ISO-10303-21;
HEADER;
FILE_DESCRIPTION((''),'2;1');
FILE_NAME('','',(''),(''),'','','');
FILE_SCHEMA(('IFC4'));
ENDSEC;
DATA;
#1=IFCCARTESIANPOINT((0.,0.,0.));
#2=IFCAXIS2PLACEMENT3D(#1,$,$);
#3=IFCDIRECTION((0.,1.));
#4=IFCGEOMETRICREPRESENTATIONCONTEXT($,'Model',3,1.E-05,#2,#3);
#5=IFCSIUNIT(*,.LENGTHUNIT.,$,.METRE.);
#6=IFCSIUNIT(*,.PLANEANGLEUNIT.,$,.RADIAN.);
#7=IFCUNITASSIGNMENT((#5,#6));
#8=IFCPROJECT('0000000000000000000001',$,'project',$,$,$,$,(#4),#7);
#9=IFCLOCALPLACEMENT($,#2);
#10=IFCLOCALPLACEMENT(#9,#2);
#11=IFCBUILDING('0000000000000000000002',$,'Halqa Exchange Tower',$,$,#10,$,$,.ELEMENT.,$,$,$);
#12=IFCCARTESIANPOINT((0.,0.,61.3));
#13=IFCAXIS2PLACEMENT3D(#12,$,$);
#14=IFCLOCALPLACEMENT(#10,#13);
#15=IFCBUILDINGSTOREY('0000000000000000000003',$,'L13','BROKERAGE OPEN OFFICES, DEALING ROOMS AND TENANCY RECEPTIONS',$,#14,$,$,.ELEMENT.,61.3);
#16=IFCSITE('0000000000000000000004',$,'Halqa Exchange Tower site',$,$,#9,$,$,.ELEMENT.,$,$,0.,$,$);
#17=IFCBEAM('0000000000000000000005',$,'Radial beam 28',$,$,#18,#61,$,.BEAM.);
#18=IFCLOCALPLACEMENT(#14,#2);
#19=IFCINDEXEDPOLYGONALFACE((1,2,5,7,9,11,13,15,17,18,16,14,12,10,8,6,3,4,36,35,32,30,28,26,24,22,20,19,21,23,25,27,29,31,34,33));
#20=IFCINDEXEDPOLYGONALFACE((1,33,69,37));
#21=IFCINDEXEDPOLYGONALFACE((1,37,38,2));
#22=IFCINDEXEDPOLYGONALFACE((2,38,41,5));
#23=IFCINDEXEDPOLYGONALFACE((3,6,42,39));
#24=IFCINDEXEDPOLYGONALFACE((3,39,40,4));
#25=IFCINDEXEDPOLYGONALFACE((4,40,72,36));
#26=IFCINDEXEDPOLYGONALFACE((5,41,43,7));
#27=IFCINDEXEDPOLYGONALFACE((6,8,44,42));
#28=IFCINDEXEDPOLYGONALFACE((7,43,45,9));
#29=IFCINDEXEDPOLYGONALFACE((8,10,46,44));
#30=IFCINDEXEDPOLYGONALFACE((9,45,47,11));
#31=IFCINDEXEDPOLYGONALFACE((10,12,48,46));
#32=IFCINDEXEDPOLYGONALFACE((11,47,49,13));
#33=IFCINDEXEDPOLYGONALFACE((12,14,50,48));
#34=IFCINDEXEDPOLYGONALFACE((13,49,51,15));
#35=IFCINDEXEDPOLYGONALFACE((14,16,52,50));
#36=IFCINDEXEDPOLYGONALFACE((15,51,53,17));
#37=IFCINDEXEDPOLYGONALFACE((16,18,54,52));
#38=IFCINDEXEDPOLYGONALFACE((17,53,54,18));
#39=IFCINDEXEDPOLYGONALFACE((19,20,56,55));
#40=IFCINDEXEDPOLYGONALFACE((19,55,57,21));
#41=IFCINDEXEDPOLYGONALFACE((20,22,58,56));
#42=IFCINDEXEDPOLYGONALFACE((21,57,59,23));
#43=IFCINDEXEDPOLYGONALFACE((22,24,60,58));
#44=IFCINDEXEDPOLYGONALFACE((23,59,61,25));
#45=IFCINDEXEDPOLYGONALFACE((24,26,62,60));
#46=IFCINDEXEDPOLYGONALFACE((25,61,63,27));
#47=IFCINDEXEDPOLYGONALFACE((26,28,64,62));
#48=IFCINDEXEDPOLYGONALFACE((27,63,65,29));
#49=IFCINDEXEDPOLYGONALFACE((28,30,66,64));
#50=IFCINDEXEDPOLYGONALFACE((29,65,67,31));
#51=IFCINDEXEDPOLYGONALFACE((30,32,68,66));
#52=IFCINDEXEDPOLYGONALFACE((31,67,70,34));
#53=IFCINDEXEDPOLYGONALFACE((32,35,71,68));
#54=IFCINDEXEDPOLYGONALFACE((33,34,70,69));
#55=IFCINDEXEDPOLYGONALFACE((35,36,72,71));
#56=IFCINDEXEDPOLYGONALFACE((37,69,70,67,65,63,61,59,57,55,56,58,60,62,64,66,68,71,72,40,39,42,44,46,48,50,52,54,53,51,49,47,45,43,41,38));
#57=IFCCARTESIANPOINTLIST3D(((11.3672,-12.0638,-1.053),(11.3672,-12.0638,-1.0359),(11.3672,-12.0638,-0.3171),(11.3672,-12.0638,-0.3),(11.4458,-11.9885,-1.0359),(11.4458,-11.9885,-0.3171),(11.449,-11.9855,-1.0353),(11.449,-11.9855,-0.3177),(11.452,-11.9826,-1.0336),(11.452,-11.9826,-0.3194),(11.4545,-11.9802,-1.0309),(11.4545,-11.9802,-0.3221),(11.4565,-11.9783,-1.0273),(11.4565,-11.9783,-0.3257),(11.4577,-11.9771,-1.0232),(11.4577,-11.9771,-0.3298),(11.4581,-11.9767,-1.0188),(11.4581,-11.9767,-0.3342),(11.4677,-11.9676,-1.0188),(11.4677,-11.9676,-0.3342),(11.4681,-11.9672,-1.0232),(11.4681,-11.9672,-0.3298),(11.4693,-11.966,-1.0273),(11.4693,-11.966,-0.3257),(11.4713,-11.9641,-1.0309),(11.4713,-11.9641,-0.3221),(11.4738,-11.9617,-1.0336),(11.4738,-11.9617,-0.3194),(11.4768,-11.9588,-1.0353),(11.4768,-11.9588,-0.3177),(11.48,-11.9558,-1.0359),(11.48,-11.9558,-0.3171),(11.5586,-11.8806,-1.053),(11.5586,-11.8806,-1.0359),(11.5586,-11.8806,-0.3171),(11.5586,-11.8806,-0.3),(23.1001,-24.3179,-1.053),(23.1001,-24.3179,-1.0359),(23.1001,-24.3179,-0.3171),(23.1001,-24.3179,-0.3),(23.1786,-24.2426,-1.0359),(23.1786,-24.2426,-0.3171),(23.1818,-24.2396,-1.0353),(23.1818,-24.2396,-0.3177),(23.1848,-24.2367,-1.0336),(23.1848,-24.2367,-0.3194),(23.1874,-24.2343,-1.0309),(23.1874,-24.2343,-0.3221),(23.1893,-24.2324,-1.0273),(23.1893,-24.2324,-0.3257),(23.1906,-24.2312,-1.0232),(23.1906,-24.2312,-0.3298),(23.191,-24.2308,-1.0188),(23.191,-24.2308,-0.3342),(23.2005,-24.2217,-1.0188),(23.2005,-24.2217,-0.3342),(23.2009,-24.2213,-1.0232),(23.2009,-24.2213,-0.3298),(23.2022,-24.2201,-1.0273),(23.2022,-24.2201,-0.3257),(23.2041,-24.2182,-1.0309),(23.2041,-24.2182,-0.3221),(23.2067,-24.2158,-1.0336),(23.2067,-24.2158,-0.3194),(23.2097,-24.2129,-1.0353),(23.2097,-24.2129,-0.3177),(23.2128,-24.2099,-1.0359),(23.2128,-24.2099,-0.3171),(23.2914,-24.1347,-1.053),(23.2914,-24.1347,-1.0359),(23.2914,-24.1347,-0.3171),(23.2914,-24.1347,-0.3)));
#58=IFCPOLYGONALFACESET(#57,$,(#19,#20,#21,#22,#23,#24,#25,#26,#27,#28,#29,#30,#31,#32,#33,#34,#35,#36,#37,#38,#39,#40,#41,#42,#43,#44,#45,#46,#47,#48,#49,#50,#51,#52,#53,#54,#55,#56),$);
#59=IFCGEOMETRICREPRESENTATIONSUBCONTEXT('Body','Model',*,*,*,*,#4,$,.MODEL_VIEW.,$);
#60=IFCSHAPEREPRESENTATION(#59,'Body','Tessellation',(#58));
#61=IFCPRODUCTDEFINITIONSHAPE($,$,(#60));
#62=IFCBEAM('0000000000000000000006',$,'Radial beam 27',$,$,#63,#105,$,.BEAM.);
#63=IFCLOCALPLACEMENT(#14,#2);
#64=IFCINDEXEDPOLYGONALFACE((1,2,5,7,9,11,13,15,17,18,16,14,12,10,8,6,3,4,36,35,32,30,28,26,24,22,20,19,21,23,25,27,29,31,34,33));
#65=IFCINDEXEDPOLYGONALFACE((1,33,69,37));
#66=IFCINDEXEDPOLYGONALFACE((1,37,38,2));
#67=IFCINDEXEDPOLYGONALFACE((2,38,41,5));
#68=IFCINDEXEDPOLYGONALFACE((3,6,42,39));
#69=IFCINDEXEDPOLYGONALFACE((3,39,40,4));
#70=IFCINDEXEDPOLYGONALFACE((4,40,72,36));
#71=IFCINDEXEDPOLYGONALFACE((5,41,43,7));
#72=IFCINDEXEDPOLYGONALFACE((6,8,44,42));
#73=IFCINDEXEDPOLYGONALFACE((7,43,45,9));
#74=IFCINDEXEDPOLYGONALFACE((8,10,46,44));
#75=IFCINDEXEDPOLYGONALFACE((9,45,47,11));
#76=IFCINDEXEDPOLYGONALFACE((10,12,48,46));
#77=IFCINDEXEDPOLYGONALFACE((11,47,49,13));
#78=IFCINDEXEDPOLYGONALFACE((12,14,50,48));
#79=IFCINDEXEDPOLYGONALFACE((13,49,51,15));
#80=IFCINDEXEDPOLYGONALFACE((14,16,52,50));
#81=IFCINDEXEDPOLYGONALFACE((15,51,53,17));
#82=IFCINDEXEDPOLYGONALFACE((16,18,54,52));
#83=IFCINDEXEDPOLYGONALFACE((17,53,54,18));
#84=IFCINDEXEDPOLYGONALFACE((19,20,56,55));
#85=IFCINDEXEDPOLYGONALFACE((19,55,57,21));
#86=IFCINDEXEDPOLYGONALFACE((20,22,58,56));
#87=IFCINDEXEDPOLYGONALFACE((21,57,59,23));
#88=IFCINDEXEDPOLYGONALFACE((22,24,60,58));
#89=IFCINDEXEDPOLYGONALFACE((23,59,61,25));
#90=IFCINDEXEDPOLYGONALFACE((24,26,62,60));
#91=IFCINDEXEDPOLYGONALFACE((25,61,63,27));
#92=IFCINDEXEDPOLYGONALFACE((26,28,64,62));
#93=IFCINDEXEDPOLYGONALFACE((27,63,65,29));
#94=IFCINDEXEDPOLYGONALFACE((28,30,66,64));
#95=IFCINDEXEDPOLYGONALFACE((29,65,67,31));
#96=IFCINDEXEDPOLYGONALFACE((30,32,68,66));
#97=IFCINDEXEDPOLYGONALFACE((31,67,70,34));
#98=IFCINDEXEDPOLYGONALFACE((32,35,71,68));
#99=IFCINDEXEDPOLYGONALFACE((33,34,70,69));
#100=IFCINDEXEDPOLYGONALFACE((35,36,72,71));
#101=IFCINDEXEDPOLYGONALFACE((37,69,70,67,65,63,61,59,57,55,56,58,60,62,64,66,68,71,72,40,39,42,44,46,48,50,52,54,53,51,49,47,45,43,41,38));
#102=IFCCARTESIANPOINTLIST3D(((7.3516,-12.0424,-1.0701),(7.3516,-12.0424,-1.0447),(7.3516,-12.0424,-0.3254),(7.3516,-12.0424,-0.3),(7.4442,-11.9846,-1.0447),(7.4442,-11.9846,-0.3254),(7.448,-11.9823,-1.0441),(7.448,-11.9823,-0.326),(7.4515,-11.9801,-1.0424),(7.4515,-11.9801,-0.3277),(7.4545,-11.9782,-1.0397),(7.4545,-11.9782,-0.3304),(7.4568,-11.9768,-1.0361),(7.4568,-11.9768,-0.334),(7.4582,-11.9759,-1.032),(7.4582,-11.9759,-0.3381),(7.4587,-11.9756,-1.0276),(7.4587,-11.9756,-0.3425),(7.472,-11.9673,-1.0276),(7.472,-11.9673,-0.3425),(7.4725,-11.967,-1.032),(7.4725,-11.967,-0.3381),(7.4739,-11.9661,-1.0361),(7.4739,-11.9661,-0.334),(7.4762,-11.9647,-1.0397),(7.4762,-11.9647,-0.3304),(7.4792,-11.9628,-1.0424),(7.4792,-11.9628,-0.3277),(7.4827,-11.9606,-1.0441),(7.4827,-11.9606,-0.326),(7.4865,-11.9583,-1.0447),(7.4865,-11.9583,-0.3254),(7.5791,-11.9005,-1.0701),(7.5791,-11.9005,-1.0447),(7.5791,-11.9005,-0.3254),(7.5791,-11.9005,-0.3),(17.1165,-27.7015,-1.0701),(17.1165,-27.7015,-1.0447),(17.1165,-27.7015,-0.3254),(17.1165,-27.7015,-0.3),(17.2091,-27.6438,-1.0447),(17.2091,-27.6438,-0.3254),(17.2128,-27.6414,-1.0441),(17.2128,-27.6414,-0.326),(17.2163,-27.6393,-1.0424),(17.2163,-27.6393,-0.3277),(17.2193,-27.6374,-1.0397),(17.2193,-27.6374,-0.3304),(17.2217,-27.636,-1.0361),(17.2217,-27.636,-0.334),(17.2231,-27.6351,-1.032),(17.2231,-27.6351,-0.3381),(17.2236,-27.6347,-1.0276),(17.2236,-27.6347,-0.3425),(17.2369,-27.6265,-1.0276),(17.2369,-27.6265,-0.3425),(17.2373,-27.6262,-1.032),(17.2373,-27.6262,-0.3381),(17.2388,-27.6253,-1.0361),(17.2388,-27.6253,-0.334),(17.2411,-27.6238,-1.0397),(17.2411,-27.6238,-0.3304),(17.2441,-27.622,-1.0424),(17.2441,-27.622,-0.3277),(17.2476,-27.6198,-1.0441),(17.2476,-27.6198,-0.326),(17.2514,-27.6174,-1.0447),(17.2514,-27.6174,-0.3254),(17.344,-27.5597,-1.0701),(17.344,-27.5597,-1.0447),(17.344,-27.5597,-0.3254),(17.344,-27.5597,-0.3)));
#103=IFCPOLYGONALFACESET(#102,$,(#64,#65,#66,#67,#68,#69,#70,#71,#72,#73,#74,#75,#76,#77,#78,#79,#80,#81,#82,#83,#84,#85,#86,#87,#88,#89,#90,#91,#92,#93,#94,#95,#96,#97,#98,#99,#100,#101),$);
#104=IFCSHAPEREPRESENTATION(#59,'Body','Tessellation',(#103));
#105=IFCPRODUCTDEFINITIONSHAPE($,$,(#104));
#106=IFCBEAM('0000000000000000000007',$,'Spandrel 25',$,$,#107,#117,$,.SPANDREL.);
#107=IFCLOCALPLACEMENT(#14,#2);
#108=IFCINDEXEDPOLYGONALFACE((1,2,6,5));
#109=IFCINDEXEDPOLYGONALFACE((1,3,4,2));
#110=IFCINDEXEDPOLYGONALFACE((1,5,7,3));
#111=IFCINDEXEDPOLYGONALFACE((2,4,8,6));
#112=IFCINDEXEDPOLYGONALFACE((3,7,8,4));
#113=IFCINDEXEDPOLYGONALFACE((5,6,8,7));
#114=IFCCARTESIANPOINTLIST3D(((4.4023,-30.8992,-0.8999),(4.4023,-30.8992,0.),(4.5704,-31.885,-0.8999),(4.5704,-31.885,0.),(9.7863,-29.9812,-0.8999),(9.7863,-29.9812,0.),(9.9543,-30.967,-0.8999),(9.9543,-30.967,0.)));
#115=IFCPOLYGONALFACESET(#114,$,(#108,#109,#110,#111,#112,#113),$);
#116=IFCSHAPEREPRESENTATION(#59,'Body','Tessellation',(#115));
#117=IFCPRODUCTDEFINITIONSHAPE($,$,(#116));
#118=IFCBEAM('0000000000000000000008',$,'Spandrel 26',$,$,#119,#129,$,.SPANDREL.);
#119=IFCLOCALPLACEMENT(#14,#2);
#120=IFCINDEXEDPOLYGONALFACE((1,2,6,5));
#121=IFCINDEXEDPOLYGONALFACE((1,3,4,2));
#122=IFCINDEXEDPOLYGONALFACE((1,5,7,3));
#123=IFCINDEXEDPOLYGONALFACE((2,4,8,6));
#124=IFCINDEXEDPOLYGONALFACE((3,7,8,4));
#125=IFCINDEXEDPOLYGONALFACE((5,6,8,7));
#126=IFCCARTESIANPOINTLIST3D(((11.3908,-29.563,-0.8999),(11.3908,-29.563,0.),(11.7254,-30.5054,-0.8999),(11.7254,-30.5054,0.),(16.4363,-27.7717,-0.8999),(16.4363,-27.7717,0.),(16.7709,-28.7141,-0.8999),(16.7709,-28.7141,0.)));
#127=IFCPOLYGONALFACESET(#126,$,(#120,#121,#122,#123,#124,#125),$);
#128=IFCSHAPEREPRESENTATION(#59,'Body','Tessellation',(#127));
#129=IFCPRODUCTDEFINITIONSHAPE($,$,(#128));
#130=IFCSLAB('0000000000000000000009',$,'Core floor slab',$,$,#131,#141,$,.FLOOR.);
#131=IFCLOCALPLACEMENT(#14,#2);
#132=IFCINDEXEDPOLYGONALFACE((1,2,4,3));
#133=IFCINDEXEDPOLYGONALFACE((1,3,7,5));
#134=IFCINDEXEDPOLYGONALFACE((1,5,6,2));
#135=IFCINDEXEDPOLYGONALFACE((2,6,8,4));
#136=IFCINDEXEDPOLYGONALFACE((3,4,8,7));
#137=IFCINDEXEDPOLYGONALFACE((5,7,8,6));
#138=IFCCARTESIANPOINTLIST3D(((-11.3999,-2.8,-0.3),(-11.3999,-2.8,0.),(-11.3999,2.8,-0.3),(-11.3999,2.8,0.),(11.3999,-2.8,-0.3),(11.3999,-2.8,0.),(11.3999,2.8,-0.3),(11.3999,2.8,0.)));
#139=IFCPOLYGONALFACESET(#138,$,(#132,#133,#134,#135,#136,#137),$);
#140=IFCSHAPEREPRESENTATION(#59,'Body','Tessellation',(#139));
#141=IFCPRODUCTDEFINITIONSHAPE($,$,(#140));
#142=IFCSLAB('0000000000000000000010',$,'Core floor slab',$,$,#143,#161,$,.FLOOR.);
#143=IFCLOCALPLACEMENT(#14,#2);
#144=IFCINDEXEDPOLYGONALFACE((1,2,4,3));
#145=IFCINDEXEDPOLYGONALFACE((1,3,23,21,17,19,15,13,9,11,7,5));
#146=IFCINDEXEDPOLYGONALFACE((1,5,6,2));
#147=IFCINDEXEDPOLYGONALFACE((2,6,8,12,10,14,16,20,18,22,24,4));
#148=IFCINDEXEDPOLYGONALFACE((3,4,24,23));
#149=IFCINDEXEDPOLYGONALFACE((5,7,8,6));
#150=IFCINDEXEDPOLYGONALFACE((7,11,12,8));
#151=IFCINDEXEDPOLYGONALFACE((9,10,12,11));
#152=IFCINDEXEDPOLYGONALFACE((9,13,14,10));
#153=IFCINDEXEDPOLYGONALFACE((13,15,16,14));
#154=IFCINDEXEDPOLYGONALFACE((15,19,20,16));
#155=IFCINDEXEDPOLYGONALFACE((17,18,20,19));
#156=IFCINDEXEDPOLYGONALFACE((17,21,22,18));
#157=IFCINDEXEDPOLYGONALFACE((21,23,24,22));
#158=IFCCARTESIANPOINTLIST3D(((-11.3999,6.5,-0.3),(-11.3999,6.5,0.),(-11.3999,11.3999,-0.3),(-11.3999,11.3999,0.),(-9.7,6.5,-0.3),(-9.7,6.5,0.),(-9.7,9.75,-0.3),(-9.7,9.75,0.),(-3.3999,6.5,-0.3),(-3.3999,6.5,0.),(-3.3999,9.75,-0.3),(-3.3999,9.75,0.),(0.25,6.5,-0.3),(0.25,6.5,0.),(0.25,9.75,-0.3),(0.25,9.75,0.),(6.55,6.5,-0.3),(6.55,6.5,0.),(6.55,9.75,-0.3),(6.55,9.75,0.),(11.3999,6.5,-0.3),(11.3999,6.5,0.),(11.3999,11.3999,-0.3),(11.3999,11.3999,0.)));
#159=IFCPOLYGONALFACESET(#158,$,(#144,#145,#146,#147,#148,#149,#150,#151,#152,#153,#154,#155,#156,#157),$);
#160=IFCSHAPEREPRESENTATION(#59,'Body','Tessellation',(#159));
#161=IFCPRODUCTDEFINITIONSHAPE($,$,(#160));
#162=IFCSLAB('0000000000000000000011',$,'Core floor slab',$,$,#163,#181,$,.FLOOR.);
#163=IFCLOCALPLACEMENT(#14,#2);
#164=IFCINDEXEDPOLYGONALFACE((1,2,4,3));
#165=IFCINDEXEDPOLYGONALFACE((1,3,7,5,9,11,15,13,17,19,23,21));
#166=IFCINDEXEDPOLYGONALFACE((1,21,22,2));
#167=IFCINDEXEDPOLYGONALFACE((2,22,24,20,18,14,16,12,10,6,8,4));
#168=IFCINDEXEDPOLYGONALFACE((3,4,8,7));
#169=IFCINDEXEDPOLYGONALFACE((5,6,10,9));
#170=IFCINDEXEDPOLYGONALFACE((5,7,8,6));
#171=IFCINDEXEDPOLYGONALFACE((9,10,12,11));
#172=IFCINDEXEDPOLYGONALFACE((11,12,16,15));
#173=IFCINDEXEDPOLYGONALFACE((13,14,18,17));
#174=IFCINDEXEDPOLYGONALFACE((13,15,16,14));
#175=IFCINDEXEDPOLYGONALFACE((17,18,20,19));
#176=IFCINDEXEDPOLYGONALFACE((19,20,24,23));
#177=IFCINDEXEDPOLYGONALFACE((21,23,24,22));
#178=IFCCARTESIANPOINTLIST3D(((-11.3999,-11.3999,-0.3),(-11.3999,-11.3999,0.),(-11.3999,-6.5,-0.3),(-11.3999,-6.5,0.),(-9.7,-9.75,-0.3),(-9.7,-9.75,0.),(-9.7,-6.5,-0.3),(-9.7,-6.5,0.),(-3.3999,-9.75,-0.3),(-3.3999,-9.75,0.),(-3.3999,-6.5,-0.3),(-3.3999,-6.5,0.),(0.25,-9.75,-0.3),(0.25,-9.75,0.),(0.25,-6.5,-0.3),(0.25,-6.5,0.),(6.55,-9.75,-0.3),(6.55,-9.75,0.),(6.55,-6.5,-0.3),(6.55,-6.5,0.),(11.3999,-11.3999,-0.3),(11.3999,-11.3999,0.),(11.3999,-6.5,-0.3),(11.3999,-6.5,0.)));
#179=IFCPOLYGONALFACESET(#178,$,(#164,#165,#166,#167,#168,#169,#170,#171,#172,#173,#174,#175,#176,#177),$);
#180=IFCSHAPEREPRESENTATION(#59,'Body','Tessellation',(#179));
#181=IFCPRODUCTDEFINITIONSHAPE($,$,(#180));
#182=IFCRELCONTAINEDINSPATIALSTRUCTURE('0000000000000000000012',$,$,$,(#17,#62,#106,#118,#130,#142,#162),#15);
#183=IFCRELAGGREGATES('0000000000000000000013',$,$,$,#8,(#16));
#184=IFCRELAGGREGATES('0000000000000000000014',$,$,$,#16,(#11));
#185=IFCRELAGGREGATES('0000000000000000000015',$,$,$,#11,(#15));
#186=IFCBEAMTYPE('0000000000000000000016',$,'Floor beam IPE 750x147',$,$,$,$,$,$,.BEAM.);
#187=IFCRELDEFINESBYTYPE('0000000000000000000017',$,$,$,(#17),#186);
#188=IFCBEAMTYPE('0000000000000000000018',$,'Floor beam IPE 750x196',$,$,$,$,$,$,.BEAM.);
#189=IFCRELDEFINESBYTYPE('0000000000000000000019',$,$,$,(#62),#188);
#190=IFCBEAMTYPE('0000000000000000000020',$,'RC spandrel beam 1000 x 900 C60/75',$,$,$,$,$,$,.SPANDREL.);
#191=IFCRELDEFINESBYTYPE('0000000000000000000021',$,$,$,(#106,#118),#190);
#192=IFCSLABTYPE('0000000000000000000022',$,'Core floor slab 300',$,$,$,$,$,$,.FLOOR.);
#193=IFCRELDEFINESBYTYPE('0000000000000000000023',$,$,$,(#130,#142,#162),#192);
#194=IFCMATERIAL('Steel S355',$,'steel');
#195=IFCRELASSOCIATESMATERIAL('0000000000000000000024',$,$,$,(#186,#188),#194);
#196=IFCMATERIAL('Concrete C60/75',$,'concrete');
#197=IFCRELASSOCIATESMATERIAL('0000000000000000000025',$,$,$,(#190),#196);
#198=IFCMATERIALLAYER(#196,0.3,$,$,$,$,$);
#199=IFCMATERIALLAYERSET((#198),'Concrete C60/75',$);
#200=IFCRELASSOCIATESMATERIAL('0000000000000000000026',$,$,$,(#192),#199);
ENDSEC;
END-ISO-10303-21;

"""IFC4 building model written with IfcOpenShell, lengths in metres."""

from ifc_helpers import new_model, si_unit, direction, frame, origin, origin_2d, place, context, subcontext, project, spatial, polyline, rectangle, i_section, outline, extrude, material, layer, layer_set, material_profile, profile_set, type_object, element, save


model = new_model("IFC4")

# Units and contexts
model_context = context("Model", 3, precision=1e-05, world=origin(), true_north=direction((0.0, 1.0)))
body_context = subcontext(model_context, "Body", "Model", "MODEL_VIEW")
ifc_project = project(units=[si_unit("LENGTHUNIT", "METRE"), si_unit("PLANEANGLEUNIT", "RADIAN")], contexts=[model_context])

# Site, building, storey
site_placement = place(None, origin())
site = spatial("IfcSite", under=ifc_project, at=site_placement, Name="Halqa Exchange Tower site", CompositionType="ELEMENT", RefElevation=0.0)
building_placement = place(site_placement, origin())
building = spatial("IfcBuilding", under=site, at=building_placement, Name="Halqa Exchange Tower", CompositionType="ELEMENT")
storey_placement = place(building_placement, frame((0.0, 0.0, 61.3)))
storey = spatial("IfcBuildingStorey", under=building, at=storey_placement, Name="L13", Description="BROKERAGE OPEN OFFICES, DEALING ROOMS AND TENANCY RECEPTIONS", CompositionType="ELEMENT", Elevation=61.3)

# Beams
ifc_material_1 = material(Name="Steel S355", Category="steel")
ifc_material_profile_1 = material_profile(ifc_material_1, i_section(OverallWidth=0.2649, OverallDepth=0.7529, WebThickness=0.0132, FlangeThickness=0.0171, FilletRadius=0.0171, at=origin_2d()), Name="IPE 750x147")
ifc_profile_set_1 = profile_set([ifc_material_profile_1], Name="Steel S355")
beam_type_1 = type_object("IfcBeamType", Name="Floor beam IPE 750x147", PredefinedType="BEAM", material=ifc_profile_set_1)
beam_1_placement = place(storey_placement, frame((11.4629, -11.9722, -0.6765), z_axis=(0.691578, -0.722302, 0.0), x_axis=(0.722302, 0.691578, 0.0)))
element("IfcBeam", 1, at=beam_1_placement, inside=storey, type_object=beam_type_1, Name="Radial beam 28", PredefinedType="BEAM", context=body_context, shape_type="SweptSolid", body=[
    extrude(i_section(OverallWidth=0.2649, OverallDepth=0.7529, WebThickness=0.0132, FlangeThickness=0.0171, FilletRadius=0.0171, at=origin_2d()), origin(), (0.0, 0.0, 1.0), 16.9653),
])
ifc_material_profile_2 = material_profile(ifc_material_1, i_section(OverallWidth=0.2681, OverallDepth=0.77, WebThickness=0.0156, FlangeThickness=0.0254, FilletRadius=0.0171, at=origin_2d()), Name="IPE 750x196")
ifc_profile_set_2 = profile_set([ifc_material_profile_2], Name="Steel S355")
beam_type_2 = type_object("IfcBeamType", Name="Floor beam IPE 750x196", PredefinedType="BEAM", material=ifc_profile_set_2)
beam_2_placement = place(storey_placement, frame((7.4653, -11.9714, -0.6851), z_axis=(0.529138, -0.848536, 0.0), x_axis=(0.848536, 0.529138, 0.0)))
element("IfcBeam", 2, at=beam_2_placement, inside=storey, type_object=beam_type_2, Name="Radial beam 27", PredefinedType="BEAM", context=body_context, shape_type="SweptSolid", body=[
    extrude(i_section(OverallWidth=0.2681, OverallDepth=0.77, WebThickness=0.0156, FlangeThickness=0.0254, FilletRadius=0.0171, at=origin_2d()), origin(), (0.0, 0.0, 1.0), 18.4543),
])
ifc_material_2 = material(Name="Concrete C60/75", Category="concrete")
ifc_material_profile_3 = material_profile(ifc_material_2, rectangle(XDim=1.0, YDim=0.8999, at=origin_2d()), Name="1000 x 900")
ifc_profile_set_3 = profile_set([ifc_material_profile_3], Name="Concrete C60/75")
beam_type_3 = type_object("IfcBeamType", Name="RC spandrel beam 1000 x 900 C60/75", PredefinedType="SPANDREL", material=ifc_profile_set_3)
beam_3_placement = place(storey_placement, frame((4.4863, -31.3921, -0.45), z_axis=(0.985775, 0.168073, 0.0), x_axis=(-0.168073, 0.985775, 0.0)))
element("IfcBeam", 3, at=beam_3_placement, inside=storey, type_object=beam_type_3, Name="Spandrel 25", PredefinedType="SPANDREL", context=body_context, shape_type="SweptSolid", body=[
    extrude(rectangle(XDim=1.0, YDim=0.8999, at=origin_2d()), origin(), (0.0, 0.0, 1.0), 5.4617),
])
beam_4_placement = place(storey_placement, frame((11.5581, -30.0342, -0.45), z_axis=(0.942372, 0.334568, 0.0), x_axis=(-0.334568, 0.942372, 0.0)))
element("IfcBeam", 4, at=beam_4_placement, inside=storey, type_object=beam_type_3, Name="Spandrel 26", PredefinedType="SPANDREL", context=body_context, shape_type="SweptSolid", body=[
    extrude(rectangle(XDim=1.0, YDim=0.8999, at=origin_2d()), origin(), (0.0, 0.0, 1.0), 5.354),
])

# Slabs
ifc_layer_1 = layer(ifc_material_2, 0.3)
ifc_layer_set_1 = layer_set([ifc_layer_1], Name="Concrete C60/75")
slab_type_1 = type_object("IfcSlabType", Name="Core floor slab 300", PredefinedType="FLOOR", material=ifc_layer_set_1)
slab_1_placement = place(storey_placement, frame((0.0, 0.0, -0.3)))
element("IfcSlab", 5, at=slab_1_placement, inside=storey, type_object=slab_type_1, Name="Core floor slab", PredefinedType="FLOOR", context=body_context, shape_type="SweptSolid", body=[
    extrude(outline(polyline([(-11.3999, 2.8), (11.3999, 2.8), (11.3999, -2.8), (-11.3999, -2.8), (-11.3999, 2.8)])), origin(), (0.0, 0.0, 1.0), 0.3),
])
slab_2_placement = place(storey_placement, frame((0.0, 0.0, -0.3)))
element("IfcSlab", 6, at=slab_2_placement, inside=storey, type_object=slab_type_1, Name="Core floor slab", PredefinedType="FLOOR", context=body_context, shape_type="SweptSolid", body=[
    extrude(outline(polyline([(-11.3999, 11.3999), (11.3999, 11.3999), (11.3999, 6.5), (6.55, 6.5), (6.55, 9.75), (0.25, 9.75), (0.25, 6.5), (-3.3999, 6.5), (-3.3999, 9.75), (-9.7, 9.75), (-9.7, 6.5), (-11.3999, 6.5), (-11.3999, 11.3999)])), origin(), (0.0, 0.0, 1.0), 0.3),
])
slab_3_placement = place(storey_placement, frame((0.0, 0.0, -0.3)))
element("IfcSlab", 7, at=slab_3_placement, inside=storey, type_object=slab_type_1, Name="Core floor slab", PredefinedType="FLOOR", context=body_context, shape_type="SweptSolid", body=[
    extrude(outline(polyline([(-9.7, -9.75), (-3.3999, -9.75), (-3.3999, -6.5), (0.25, -6.5), (0.25, -9.75), (6.55, -9.75), (6.55, -6.5), (11.3999, -6.5), (11.3999, -11.3999), (-11.3999, -11.3999), (-11.3999, -6.5), (-9.7, -6.5), (-9.7, -9.75)])), origin(), (0.0, 0.0, 1.0), 0.3),
])

save(model, "model.ifc")
